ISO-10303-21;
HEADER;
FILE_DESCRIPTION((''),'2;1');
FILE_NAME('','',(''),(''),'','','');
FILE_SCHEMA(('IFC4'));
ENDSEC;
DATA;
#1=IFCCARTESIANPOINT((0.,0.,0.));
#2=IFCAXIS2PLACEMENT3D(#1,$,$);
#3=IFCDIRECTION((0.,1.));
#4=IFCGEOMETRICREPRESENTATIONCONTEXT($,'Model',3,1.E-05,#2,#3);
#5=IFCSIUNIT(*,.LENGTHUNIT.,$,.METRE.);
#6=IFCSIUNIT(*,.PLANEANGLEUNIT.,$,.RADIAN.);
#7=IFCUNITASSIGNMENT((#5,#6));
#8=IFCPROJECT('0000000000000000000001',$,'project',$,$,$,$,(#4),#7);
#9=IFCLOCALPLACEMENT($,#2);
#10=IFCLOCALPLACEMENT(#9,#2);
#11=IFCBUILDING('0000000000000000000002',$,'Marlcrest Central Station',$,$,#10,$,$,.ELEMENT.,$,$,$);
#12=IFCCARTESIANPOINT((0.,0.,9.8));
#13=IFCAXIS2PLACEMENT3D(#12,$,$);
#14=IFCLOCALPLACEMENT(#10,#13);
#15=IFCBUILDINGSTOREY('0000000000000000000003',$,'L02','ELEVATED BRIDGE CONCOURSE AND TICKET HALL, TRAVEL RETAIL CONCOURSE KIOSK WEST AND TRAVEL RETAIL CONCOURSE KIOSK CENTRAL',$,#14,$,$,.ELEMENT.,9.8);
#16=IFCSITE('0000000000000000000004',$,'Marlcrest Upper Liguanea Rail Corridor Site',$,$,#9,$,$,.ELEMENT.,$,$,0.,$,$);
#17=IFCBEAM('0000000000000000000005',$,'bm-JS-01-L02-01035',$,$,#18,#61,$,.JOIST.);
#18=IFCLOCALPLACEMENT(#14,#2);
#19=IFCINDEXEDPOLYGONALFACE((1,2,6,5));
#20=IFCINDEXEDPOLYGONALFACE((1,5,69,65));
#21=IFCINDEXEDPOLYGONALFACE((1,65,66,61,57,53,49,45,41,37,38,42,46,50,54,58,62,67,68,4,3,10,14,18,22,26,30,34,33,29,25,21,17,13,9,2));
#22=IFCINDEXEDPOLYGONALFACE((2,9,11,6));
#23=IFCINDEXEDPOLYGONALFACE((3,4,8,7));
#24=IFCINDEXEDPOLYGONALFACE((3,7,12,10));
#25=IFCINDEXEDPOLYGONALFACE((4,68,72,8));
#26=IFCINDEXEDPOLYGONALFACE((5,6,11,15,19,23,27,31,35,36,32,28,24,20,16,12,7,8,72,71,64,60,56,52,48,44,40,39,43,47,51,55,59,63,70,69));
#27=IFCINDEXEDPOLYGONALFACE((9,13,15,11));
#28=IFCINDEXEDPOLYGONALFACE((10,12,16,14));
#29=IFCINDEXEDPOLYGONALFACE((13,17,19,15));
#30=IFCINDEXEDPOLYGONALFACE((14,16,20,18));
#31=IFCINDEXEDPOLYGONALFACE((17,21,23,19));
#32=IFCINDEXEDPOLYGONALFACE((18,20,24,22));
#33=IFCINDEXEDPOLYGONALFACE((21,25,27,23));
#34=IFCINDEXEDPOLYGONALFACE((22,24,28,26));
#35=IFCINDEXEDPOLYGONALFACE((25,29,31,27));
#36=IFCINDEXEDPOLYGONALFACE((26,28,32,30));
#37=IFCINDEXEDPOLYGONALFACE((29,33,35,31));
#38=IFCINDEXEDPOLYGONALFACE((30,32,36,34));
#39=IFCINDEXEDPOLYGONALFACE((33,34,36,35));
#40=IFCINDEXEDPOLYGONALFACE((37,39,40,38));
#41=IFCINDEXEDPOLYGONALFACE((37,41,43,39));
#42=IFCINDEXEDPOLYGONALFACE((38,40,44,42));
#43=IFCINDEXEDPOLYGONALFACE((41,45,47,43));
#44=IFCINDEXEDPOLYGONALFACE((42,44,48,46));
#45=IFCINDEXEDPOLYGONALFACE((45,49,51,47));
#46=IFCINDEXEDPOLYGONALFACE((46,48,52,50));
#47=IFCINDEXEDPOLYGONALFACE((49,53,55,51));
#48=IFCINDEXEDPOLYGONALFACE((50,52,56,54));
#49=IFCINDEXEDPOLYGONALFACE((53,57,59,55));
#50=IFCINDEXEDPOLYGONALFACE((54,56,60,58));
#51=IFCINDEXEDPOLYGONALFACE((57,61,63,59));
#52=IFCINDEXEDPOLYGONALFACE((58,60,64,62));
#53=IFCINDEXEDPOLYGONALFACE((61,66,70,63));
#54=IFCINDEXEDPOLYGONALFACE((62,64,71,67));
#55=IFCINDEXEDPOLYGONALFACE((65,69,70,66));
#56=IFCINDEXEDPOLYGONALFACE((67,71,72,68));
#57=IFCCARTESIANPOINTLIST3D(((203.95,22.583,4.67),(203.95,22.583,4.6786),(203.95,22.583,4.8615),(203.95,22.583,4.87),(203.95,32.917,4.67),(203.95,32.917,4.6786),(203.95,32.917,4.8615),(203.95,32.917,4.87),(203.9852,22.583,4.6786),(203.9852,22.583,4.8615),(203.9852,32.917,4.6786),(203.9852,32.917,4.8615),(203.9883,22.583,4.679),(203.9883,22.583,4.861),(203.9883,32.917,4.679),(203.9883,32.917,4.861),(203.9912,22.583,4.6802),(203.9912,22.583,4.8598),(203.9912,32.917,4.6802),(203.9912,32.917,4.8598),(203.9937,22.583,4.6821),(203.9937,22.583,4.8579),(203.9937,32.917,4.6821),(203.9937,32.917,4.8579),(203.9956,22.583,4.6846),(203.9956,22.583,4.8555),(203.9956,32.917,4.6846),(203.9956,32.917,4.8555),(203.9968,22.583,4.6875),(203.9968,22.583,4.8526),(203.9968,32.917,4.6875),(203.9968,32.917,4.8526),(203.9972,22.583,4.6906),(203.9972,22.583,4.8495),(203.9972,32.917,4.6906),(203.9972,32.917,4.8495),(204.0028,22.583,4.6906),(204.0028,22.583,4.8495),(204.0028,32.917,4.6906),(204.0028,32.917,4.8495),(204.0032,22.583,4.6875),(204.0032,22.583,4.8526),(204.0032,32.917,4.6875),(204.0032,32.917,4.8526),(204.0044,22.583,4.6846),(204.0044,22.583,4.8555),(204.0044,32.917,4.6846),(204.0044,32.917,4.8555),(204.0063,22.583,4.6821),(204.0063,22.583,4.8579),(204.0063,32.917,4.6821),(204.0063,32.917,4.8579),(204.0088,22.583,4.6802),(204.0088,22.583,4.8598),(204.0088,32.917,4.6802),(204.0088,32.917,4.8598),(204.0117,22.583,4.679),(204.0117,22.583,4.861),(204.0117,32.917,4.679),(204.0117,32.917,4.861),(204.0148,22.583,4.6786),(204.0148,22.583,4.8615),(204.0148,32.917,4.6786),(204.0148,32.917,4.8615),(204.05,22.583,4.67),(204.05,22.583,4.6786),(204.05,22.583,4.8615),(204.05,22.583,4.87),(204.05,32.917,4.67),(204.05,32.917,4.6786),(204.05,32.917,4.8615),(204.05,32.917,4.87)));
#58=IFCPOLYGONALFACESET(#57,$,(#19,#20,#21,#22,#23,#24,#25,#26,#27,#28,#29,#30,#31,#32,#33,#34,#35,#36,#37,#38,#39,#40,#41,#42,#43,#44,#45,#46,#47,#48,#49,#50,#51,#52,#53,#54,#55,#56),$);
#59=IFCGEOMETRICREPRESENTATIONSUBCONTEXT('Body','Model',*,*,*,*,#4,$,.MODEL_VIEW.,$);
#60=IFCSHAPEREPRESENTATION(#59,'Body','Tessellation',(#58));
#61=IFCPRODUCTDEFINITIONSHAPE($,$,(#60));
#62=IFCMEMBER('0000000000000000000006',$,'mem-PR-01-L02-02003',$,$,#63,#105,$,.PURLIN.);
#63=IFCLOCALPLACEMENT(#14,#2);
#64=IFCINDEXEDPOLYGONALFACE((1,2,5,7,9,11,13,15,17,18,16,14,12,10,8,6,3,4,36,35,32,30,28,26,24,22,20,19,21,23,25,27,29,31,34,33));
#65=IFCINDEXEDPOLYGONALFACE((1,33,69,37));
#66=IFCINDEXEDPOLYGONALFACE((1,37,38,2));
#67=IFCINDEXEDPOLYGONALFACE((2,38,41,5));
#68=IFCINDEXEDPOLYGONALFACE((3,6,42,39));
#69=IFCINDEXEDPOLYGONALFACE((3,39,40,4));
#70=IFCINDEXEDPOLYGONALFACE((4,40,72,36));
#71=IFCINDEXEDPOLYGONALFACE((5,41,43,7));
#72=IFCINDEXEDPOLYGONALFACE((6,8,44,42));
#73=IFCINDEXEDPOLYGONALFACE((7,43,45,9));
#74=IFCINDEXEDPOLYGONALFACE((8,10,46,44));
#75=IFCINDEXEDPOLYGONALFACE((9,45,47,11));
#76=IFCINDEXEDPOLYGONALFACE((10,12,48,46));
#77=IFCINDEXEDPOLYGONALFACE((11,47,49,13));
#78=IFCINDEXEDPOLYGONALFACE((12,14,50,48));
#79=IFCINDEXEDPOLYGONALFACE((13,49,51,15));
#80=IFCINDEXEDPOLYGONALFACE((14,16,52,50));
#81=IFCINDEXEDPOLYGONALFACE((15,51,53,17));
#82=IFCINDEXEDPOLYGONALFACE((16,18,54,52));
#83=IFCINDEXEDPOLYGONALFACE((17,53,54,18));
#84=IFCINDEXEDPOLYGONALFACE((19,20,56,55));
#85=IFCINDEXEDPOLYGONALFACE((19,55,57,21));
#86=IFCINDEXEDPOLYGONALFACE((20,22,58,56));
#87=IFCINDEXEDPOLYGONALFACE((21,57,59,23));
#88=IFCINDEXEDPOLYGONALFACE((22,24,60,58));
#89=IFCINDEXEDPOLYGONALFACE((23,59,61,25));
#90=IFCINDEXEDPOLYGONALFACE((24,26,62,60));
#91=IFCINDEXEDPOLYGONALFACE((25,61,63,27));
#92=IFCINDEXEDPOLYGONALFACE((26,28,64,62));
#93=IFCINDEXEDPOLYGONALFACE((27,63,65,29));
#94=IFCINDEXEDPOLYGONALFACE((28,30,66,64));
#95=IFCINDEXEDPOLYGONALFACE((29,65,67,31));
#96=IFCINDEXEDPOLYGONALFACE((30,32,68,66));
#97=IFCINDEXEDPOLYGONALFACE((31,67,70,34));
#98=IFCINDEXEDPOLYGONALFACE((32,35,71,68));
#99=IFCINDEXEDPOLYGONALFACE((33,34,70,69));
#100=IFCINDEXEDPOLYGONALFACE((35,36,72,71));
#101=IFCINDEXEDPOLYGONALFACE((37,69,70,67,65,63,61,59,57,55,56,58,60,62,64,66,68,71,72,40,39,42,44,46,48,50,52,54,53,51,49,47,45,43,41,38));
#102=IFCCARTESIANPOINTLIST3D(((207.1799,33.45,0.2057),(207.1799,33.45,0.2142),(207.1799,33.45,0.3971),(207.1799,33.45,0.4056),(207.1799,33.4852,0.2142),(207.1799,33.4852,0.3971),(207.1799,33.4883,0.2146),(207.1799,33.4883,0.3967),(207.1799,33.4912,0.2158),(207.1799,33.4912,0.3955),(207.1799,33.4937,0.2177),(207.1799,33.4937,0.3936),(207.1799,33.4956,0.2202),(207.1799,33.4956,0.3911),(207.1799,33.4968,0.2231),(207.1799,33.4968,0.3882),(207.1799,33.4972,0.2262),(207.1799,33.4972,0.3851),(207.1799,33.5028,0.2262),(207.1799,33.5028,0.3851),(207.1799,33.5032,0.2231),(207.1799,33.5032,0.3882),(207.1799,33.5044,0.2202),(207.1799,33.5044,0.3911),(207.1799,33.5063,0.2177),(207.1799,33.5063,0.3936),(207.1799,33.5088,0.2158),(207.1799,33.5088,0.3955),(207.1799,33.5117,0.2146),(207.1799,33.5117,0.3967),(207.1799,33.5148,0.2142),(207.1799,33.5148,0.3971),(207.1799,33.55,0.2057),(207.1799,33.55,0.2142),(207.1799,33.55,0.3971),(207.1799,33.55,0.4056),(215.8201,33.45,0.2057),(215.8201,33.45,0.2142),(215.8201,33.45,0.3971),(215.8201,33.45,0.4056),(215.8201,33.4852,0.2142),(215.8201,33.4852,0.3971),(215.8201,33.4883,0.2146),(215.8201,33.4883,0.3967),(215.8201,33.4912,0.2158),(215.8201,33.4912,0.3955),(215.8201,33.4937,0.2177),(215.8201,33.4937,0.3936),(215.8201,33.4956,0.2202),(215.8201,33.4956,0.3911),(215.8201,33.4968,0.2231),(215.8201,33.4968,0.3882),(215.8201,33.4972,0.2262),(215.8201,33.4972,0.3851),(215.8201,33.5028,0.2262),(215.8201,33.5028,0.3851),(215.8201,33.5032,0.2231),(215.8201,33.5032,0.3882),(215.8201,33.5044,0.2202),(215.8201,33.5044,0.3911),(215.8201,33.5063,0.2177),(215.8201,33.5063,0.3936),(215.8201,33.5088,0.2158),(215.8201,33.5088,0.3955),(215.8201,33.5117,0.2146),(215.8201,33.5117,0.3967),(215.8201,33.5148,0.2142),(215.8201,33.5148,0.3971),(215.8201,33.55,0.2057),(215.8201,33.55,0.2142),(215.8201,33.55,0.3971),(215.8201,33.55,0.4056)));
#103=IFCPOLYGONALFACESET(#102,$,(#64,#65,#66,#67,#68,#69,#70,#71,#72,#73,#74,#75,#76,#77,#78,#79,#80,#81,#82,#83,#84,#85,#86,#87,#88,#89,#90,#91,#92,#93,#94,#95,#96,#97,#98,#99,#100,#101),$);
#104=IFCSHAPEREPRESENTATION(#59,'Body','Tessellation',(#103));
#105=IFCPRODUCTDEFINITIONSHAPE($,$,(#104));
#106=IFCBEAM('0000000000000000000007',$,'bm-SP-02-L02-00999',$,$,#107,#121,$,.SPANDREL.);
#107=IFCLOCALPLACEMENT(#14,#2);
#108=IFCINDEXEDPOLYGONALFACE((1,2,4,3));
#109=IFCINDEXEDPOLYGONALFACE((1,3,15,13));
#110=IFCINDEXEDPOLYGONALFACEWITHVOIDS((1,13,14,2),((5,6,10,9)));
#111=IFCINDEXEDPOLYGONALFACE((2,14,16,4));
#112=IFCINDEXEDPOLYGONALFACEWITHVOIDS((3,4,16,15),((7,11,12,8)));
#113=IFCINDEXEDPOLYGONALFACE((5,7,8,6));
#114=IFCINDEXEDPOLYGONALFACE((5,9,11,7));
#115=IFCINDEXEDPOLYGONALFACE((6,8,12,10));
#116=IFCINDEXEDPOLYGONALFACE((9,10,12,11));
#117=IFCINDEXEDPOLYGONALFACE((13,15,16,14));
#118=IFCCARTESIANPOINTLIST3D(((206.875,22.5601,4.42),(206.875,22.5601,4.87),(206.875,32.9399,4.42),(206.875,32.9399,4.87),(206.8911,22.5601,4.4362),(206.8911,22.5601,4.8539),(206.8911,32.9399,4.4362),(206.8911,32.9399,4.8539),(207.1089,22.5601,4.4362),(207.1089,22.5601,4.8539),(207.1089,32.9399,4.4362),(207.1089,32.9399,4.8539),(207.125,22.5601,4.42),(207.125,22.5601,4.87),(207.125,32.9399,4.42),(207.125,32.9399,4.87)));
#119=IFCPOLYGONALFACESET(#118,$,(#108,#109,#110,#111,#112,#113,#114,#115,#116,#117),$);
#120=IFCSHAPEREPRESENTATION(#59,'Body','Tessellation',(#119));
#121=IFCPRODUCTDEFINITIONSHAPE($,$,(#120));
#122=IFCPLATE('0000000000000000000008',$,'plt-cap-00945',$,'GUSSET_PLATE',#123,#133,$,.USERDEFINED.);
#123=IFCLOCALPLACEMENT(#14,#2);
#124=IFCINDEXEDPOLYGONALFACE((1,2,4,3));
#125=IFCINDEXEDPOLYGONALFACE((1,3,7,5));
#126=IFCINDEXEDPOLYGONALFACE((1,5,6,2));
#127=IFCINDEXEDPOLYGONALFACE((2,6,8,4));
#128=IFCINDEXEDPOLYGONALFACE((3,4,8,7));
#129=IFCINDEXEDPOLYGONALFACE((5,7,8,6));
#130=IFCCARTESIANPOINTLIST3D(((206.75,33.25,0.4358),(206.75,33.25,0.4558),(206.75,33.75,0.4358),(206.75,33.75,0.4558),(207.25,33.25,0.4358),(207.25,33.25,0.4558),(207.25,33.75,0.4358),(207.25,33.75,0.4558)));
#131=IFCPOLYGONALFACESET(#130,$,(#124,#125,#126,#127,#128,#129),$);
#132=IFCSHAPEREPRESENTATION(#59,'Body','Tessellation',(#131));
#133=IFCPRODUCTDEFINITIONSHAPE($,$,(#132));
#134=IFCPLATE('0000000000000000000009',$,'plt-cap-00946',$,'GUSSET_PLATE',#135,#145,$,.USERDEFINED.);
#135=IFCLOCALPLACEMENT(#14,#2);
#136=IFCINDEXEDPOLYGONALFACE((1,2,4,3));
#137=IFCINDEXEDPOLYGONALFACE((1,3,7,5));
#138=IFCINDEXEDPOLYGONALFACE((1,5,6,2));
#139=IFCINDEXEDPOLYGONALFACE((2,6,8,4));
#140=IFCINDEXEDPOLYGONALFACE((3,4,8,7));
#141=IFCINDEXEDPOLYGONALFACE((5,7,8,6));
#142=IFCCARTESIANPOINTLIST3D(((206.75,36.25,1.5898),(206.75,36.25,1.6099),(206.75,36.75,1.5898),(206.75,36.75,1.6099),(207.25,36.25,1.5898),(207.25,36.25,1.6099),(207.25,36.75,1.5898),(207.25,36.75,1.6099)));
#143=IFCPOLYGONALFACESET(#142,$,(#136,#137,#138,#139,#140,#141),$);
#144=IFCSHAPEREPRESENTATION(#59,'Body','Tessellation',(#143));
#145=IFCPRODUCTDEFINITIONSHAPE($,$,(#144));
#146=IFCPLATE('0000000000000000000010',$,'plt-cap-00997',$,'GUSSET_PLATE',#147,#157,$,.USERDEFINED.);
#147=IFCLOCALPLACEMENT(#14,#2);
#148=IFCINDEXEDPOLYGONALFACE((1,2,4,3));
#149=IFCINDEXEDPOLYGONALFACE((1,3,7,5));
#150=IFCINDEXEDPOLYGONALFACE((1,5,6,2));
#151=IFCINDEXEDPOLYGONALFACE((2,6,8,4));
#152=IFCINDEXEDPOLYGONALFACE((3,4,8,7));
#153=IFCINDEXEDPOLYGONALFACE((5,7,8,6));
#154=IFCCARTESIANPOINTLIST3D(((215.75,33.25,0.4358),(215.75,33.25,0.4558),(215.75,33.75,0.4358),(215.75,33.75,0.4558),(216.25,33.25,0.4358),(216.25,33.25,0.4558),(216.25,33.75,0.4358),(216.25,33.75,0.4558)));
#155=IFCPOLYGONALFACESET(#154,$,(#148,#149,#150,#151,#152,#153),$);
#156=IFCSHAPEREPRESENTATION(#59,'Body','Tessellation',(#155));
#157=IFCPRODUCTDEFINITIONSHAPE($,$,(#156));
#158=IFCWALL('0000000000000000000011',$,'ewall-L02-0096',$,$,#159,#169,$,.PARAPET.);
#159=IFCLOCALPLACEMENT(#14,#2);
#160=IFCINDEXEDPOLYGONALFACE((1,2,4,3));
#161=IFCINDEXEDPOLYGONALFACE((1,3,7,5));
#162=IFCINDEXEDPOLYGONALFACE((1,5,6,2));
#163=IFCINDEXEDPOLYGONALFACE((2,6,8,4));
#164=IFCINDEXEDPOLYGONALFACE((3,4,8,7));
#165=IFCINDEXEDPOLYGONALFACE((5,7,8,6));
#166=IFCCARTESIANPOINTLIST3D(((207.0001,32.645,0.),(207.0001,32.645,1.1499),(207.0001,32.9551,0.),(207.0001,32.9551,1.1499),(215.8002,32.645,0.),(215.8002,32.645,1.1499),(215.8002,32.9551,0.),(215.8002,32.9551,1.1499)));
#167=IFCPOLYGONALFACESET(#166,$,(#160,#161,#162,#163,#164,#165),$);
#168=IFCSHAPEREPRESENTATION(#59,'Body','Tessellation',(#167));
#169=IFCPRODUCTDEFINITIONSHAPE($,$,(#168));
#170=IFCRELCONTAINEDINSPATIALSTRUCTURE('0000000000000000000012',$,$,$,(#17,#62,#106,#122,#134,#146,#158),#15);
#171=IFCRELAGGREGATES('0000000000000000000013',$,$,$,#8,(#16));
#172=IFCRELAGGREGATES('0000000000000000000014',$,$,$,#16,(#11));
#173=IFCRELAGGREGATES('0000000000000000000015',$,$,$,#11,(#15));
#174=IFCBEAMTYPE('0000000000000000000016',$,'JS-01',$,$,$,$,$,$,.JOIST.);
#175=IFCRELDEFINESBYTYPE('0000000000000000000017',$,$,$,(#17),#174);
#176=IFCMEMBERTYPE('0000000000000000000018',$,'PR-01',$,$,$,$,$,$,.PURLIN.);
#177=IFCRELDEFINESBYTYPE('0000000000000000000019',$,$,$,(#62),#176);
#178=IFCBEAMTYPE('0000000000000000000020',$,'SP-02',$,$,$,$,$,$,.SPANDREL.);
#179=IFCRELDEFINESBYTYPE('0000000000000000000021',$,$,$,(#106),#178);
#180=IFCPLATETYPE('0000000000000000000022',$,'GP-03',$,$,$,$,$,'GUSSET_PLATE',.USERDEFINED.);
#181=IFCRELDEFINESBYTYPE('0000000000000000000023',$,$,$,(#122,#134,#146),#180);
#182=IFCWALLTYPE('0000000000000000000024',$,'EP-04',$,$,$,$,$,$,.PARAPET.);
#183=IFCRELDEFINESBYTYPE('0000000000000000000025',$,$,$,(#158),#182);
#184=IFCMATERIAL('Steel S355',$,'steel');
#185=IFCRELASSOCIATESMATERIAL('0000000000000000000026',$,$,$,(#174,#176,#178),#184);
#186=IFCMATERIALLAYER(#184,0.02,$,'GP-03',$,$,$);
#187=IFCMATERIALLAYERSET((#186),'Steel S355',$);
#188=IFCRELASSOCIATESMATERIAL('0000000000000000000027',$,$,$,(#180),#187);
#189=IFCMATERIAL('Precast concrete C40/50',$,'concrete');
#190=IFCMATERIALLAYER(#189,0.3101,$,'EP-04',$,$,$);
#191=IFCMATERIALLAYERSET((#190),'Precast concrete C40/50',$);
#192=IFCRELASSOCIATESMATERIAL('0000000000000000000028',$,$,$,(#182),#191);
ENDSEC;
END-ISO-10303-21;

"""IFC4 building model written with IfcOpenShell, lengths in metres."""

from ifc_helpers import new_model, si_unit, direction, frame, frame_2d, origin, origin_2d, place, context, subcontext, project, spatial, rectangle, hollow_rectangle, i_section, extrude, material, layer, layer_set, material_profile, profile_set, type_object, element, save


model = new_model("IFC4")

# Units and contexts
model_context = context("Model", 3, precision=1e-05, world=origin(), true_north=direction((0.0, 1.0)))
body_context = subcontext(model_context, "Body", "Model", "MODEL_VIEW")
ifc_project = project(units=[si_unit("LENGTHUNIT", "METRE"), si_unit("PLANEANGLEUNIT", "RADIAN")], contexts=[model_context])

# Site, building, storey
site_placement = place(None, origin())
site = spatial("IfcSite", under=ifc_project, at=site_placement, Name="Marlcrest Upper Liguanea Rail Corridor Site", CompositionType="ELEMENT", RefElevation=0.0)
building_placement = place(site_placement, origin())
building = spatial("IfcBuilding", under=site, at=building_placement, Name="Marlcrest Central Station", CompositionType="ELEMENT")
storey_placement = place(building_placement, frame((0.0, 0.0, 9.8)))
storey = spatial("IfcBuildingStorey", under=building, at=storey_placement, Name="L02", Description="ELEVATED BRIDGE CONCOURSE AND TICKET HALL, TRAVEL RETAIL CONCOURSE KIOSK WEST AND TRAVEL RETAIL CONCOURSE KIOSK CENTRAL", CompositionType="ELEMENT", Elevation=9.8)

# Shared definitions
ifc_material_1 = material(Name="Steel S355", Category="steel")

# Beam
ifc_material_profile_1 = material_profile(ifc_material_1, i_section(OverallWidth=0.1001, OverallDepth=0.2, WebThickness=0.0056, FlangeThickness=0.0085, FilletRadius=0.012, at=origin_2d()), Name="IPE 200")
ifc_profile_set_1 = profile_set([ifc_material_profile_1], Name="Steel S355")
beam_type_1 = type_object("IfcBeamType", Name="JS-01", PredefinedType="JOIST", material=ifc_profile_set_1)
for number, where, z_axis, x_axis, name in (
    (1, (204.0, 22.583, 4.77), (0.0, 1.0, 0.0), (-1.0, 0.0, 0.0), "bm-JS-01-L02-01035"),
):
    element("IfcBeam", number, at=place(storey_placement, frame(where, z_axis=z_axis, x_axis=x_axis)), inside=storey, type_object=beam_type_1, Name=name, PredefinedType="JOIST", context=body_context, shape_type="SweptSolid", body=[
        extrude(i_section(OverallWidth=0.1001, OverallDepth=0.2, WebThickness=0.0056, FlangeThickness=0.0085, FilletRadius=0.012, at=origin_2d()), origin(), (0.0, 0.0, 1.0), 10.334),
    ])

# Member
ifc_material_profile_2 = material_profile(ifc_material_1, i_section(OverallWidth=0.1001, OverallDepth=0.2, WebThickness=0.0056, FlangeThickness=0.0085, FilletRadius=0.012, at=origin_2d()), Name="IPE 200")
ifc_profile_set_2 = profile_set([ifc_material_profile_2], Name="Steel S355")
member_type_1 = type_object("IfcMemberType", Name="PR-01", PredefinedType="PURLIN", material=ifc_profile_set_2)
member_placement = place(storey_placement, frame((207.1799, 33.5, 0.3057), z_axis=(1.0, 0.0, 0.0), x_axis=(0.0, 1.0, 0.0)))
element("IfcMember", 2, at=member_placement, inside=storey, type_object=member_type_1, Name="mem-PR-01-L02-02003", PredefinedType="PURLIN", context=body_context, shape_type="SweptSolid", body=[
    extrude(i_section(OverallWidth=0.1001, OverallDepth=0.2, WebThickness=0.0056, FlangeThickness=0.0085, FilletRadius=0.012, at=origin_2d()), origin(), (0.0, 0.0, 1.0), 8.6401),
])

# Beam
ifc_material_profile_3 = material_profile(ifc_material_1, hollow_rectangle(XDim=0.25, YDim=0.45, WallThickness=0.0161, at=origin_2d()), Name="RHS 450x250x16")
ifc_profile_set_3 = profile_set([ifc_material_profile_3], Name="Steel S355")
beam_type_2 = type_object("IfcBeamType", Name="SP-02", PredefinedType="SPANDREL", material=ifc_profile_set_3)
beam_placement = place(storey_placement, frame((207.0, 22.5601, 4.645), z_axis=(0.0, 1.0, 0.0), x_axis=(-1.0, 0.0, 0.0)))
element("IfcBeam", 3, at=beam_placement, inside=storey, type_object=beam_type_2, Name="bm-SP-02-L02-00999", PredefinedType="SPANDREL", context=body_context, shape_type="SweptSolid", body=[
    extrude(hollow_rectangle(XDim=0.25, YDim=0.45, WallThickness=0.0161, at=origin_2d()), origin(), (0.0, 0.0, 1.0), 10.3799),
])

# Plates
ifc_layer_1 = layer(ifc_material_1, 0.02, Name="GP-03")
ifc_layer_set_1 = layer_set([ifc_layer_1], Name="Steel S355")
plate_type = type_object("IfcPlateType", Name="GP-03", ElementType="GUSSET_PLATE", PredefinedType="USERDEFINED", material=ifc_layer_set_1)
for number, where, z_axis, x_axis, name in (
    (4, (207.0, 33.5, 0.4358), (0.0, 0.0, 1.0), (1.0, 0.0, 0.0), "plt-cap-00945"),
    (5, (207.0, 36.5, 1.5898), (0.0, 0.0, 1.0), (1.0, 0.0, 0.0), "plt-cap-00946"),
    (6, (216.0, 33.5, 0.4358), (0.0, 0.0, 1.0), (1.0, 0.0, 0.0), "plt-cap-00997"),
):
    element("IfcPlate", number, at=place(storey_placement, frame(where, z_axis=z_axis, x_axis=x_axis)), inside=storey, type_object=plate_type, Name=name, ObjectType="GUSSET_PLATE", PredefinedType="USERDEFINED", context=body_context, shape_type="SweptSolid", body=[
        extrude(rectangle(XDim=0.5, YDim=0.5, at=origin_2d()), origin(), (0.0, 0.0, 1.0), 0.02),
    ])

# Wall
ifc_material_2 = material(Name="Precast concrete C40/50", Category="concrete")
ifc_layer_2 = layer(ifc_material_2, 0.3101, Name="EP-04")
ifc_layer_set_2 = layer_set([ifc_layer_2], Name="Precast concrete C40/50")
wall_type_1 = type_object("IfcWallType", Name="EP-04", PredefinedType="PARAPET", material=ifc_layer_set_2)
wall_1_placement = place(storey_placement, frame((215.8, 32.8, 0.0), z_axis=(0.0, 0.0, 1.0), x_axis=(-1.0, 0.0, 0.0)))
element("IfcWall", 7, at=wall_1_placement, inside=storey, type_object=wall_type_1, Name="ewall-L02-0096", PredefinedType="PARAPET", context=body_context, shape_type="SweptSolid", body=[
    extrude(rectangle(XDim=8.8, YDim=0.3101, at=frame_2d((4.3999, 0.0))), origin(), (0.0, 0.0, 1.0), 1.1499),
])

save(model, "model.ifc")
